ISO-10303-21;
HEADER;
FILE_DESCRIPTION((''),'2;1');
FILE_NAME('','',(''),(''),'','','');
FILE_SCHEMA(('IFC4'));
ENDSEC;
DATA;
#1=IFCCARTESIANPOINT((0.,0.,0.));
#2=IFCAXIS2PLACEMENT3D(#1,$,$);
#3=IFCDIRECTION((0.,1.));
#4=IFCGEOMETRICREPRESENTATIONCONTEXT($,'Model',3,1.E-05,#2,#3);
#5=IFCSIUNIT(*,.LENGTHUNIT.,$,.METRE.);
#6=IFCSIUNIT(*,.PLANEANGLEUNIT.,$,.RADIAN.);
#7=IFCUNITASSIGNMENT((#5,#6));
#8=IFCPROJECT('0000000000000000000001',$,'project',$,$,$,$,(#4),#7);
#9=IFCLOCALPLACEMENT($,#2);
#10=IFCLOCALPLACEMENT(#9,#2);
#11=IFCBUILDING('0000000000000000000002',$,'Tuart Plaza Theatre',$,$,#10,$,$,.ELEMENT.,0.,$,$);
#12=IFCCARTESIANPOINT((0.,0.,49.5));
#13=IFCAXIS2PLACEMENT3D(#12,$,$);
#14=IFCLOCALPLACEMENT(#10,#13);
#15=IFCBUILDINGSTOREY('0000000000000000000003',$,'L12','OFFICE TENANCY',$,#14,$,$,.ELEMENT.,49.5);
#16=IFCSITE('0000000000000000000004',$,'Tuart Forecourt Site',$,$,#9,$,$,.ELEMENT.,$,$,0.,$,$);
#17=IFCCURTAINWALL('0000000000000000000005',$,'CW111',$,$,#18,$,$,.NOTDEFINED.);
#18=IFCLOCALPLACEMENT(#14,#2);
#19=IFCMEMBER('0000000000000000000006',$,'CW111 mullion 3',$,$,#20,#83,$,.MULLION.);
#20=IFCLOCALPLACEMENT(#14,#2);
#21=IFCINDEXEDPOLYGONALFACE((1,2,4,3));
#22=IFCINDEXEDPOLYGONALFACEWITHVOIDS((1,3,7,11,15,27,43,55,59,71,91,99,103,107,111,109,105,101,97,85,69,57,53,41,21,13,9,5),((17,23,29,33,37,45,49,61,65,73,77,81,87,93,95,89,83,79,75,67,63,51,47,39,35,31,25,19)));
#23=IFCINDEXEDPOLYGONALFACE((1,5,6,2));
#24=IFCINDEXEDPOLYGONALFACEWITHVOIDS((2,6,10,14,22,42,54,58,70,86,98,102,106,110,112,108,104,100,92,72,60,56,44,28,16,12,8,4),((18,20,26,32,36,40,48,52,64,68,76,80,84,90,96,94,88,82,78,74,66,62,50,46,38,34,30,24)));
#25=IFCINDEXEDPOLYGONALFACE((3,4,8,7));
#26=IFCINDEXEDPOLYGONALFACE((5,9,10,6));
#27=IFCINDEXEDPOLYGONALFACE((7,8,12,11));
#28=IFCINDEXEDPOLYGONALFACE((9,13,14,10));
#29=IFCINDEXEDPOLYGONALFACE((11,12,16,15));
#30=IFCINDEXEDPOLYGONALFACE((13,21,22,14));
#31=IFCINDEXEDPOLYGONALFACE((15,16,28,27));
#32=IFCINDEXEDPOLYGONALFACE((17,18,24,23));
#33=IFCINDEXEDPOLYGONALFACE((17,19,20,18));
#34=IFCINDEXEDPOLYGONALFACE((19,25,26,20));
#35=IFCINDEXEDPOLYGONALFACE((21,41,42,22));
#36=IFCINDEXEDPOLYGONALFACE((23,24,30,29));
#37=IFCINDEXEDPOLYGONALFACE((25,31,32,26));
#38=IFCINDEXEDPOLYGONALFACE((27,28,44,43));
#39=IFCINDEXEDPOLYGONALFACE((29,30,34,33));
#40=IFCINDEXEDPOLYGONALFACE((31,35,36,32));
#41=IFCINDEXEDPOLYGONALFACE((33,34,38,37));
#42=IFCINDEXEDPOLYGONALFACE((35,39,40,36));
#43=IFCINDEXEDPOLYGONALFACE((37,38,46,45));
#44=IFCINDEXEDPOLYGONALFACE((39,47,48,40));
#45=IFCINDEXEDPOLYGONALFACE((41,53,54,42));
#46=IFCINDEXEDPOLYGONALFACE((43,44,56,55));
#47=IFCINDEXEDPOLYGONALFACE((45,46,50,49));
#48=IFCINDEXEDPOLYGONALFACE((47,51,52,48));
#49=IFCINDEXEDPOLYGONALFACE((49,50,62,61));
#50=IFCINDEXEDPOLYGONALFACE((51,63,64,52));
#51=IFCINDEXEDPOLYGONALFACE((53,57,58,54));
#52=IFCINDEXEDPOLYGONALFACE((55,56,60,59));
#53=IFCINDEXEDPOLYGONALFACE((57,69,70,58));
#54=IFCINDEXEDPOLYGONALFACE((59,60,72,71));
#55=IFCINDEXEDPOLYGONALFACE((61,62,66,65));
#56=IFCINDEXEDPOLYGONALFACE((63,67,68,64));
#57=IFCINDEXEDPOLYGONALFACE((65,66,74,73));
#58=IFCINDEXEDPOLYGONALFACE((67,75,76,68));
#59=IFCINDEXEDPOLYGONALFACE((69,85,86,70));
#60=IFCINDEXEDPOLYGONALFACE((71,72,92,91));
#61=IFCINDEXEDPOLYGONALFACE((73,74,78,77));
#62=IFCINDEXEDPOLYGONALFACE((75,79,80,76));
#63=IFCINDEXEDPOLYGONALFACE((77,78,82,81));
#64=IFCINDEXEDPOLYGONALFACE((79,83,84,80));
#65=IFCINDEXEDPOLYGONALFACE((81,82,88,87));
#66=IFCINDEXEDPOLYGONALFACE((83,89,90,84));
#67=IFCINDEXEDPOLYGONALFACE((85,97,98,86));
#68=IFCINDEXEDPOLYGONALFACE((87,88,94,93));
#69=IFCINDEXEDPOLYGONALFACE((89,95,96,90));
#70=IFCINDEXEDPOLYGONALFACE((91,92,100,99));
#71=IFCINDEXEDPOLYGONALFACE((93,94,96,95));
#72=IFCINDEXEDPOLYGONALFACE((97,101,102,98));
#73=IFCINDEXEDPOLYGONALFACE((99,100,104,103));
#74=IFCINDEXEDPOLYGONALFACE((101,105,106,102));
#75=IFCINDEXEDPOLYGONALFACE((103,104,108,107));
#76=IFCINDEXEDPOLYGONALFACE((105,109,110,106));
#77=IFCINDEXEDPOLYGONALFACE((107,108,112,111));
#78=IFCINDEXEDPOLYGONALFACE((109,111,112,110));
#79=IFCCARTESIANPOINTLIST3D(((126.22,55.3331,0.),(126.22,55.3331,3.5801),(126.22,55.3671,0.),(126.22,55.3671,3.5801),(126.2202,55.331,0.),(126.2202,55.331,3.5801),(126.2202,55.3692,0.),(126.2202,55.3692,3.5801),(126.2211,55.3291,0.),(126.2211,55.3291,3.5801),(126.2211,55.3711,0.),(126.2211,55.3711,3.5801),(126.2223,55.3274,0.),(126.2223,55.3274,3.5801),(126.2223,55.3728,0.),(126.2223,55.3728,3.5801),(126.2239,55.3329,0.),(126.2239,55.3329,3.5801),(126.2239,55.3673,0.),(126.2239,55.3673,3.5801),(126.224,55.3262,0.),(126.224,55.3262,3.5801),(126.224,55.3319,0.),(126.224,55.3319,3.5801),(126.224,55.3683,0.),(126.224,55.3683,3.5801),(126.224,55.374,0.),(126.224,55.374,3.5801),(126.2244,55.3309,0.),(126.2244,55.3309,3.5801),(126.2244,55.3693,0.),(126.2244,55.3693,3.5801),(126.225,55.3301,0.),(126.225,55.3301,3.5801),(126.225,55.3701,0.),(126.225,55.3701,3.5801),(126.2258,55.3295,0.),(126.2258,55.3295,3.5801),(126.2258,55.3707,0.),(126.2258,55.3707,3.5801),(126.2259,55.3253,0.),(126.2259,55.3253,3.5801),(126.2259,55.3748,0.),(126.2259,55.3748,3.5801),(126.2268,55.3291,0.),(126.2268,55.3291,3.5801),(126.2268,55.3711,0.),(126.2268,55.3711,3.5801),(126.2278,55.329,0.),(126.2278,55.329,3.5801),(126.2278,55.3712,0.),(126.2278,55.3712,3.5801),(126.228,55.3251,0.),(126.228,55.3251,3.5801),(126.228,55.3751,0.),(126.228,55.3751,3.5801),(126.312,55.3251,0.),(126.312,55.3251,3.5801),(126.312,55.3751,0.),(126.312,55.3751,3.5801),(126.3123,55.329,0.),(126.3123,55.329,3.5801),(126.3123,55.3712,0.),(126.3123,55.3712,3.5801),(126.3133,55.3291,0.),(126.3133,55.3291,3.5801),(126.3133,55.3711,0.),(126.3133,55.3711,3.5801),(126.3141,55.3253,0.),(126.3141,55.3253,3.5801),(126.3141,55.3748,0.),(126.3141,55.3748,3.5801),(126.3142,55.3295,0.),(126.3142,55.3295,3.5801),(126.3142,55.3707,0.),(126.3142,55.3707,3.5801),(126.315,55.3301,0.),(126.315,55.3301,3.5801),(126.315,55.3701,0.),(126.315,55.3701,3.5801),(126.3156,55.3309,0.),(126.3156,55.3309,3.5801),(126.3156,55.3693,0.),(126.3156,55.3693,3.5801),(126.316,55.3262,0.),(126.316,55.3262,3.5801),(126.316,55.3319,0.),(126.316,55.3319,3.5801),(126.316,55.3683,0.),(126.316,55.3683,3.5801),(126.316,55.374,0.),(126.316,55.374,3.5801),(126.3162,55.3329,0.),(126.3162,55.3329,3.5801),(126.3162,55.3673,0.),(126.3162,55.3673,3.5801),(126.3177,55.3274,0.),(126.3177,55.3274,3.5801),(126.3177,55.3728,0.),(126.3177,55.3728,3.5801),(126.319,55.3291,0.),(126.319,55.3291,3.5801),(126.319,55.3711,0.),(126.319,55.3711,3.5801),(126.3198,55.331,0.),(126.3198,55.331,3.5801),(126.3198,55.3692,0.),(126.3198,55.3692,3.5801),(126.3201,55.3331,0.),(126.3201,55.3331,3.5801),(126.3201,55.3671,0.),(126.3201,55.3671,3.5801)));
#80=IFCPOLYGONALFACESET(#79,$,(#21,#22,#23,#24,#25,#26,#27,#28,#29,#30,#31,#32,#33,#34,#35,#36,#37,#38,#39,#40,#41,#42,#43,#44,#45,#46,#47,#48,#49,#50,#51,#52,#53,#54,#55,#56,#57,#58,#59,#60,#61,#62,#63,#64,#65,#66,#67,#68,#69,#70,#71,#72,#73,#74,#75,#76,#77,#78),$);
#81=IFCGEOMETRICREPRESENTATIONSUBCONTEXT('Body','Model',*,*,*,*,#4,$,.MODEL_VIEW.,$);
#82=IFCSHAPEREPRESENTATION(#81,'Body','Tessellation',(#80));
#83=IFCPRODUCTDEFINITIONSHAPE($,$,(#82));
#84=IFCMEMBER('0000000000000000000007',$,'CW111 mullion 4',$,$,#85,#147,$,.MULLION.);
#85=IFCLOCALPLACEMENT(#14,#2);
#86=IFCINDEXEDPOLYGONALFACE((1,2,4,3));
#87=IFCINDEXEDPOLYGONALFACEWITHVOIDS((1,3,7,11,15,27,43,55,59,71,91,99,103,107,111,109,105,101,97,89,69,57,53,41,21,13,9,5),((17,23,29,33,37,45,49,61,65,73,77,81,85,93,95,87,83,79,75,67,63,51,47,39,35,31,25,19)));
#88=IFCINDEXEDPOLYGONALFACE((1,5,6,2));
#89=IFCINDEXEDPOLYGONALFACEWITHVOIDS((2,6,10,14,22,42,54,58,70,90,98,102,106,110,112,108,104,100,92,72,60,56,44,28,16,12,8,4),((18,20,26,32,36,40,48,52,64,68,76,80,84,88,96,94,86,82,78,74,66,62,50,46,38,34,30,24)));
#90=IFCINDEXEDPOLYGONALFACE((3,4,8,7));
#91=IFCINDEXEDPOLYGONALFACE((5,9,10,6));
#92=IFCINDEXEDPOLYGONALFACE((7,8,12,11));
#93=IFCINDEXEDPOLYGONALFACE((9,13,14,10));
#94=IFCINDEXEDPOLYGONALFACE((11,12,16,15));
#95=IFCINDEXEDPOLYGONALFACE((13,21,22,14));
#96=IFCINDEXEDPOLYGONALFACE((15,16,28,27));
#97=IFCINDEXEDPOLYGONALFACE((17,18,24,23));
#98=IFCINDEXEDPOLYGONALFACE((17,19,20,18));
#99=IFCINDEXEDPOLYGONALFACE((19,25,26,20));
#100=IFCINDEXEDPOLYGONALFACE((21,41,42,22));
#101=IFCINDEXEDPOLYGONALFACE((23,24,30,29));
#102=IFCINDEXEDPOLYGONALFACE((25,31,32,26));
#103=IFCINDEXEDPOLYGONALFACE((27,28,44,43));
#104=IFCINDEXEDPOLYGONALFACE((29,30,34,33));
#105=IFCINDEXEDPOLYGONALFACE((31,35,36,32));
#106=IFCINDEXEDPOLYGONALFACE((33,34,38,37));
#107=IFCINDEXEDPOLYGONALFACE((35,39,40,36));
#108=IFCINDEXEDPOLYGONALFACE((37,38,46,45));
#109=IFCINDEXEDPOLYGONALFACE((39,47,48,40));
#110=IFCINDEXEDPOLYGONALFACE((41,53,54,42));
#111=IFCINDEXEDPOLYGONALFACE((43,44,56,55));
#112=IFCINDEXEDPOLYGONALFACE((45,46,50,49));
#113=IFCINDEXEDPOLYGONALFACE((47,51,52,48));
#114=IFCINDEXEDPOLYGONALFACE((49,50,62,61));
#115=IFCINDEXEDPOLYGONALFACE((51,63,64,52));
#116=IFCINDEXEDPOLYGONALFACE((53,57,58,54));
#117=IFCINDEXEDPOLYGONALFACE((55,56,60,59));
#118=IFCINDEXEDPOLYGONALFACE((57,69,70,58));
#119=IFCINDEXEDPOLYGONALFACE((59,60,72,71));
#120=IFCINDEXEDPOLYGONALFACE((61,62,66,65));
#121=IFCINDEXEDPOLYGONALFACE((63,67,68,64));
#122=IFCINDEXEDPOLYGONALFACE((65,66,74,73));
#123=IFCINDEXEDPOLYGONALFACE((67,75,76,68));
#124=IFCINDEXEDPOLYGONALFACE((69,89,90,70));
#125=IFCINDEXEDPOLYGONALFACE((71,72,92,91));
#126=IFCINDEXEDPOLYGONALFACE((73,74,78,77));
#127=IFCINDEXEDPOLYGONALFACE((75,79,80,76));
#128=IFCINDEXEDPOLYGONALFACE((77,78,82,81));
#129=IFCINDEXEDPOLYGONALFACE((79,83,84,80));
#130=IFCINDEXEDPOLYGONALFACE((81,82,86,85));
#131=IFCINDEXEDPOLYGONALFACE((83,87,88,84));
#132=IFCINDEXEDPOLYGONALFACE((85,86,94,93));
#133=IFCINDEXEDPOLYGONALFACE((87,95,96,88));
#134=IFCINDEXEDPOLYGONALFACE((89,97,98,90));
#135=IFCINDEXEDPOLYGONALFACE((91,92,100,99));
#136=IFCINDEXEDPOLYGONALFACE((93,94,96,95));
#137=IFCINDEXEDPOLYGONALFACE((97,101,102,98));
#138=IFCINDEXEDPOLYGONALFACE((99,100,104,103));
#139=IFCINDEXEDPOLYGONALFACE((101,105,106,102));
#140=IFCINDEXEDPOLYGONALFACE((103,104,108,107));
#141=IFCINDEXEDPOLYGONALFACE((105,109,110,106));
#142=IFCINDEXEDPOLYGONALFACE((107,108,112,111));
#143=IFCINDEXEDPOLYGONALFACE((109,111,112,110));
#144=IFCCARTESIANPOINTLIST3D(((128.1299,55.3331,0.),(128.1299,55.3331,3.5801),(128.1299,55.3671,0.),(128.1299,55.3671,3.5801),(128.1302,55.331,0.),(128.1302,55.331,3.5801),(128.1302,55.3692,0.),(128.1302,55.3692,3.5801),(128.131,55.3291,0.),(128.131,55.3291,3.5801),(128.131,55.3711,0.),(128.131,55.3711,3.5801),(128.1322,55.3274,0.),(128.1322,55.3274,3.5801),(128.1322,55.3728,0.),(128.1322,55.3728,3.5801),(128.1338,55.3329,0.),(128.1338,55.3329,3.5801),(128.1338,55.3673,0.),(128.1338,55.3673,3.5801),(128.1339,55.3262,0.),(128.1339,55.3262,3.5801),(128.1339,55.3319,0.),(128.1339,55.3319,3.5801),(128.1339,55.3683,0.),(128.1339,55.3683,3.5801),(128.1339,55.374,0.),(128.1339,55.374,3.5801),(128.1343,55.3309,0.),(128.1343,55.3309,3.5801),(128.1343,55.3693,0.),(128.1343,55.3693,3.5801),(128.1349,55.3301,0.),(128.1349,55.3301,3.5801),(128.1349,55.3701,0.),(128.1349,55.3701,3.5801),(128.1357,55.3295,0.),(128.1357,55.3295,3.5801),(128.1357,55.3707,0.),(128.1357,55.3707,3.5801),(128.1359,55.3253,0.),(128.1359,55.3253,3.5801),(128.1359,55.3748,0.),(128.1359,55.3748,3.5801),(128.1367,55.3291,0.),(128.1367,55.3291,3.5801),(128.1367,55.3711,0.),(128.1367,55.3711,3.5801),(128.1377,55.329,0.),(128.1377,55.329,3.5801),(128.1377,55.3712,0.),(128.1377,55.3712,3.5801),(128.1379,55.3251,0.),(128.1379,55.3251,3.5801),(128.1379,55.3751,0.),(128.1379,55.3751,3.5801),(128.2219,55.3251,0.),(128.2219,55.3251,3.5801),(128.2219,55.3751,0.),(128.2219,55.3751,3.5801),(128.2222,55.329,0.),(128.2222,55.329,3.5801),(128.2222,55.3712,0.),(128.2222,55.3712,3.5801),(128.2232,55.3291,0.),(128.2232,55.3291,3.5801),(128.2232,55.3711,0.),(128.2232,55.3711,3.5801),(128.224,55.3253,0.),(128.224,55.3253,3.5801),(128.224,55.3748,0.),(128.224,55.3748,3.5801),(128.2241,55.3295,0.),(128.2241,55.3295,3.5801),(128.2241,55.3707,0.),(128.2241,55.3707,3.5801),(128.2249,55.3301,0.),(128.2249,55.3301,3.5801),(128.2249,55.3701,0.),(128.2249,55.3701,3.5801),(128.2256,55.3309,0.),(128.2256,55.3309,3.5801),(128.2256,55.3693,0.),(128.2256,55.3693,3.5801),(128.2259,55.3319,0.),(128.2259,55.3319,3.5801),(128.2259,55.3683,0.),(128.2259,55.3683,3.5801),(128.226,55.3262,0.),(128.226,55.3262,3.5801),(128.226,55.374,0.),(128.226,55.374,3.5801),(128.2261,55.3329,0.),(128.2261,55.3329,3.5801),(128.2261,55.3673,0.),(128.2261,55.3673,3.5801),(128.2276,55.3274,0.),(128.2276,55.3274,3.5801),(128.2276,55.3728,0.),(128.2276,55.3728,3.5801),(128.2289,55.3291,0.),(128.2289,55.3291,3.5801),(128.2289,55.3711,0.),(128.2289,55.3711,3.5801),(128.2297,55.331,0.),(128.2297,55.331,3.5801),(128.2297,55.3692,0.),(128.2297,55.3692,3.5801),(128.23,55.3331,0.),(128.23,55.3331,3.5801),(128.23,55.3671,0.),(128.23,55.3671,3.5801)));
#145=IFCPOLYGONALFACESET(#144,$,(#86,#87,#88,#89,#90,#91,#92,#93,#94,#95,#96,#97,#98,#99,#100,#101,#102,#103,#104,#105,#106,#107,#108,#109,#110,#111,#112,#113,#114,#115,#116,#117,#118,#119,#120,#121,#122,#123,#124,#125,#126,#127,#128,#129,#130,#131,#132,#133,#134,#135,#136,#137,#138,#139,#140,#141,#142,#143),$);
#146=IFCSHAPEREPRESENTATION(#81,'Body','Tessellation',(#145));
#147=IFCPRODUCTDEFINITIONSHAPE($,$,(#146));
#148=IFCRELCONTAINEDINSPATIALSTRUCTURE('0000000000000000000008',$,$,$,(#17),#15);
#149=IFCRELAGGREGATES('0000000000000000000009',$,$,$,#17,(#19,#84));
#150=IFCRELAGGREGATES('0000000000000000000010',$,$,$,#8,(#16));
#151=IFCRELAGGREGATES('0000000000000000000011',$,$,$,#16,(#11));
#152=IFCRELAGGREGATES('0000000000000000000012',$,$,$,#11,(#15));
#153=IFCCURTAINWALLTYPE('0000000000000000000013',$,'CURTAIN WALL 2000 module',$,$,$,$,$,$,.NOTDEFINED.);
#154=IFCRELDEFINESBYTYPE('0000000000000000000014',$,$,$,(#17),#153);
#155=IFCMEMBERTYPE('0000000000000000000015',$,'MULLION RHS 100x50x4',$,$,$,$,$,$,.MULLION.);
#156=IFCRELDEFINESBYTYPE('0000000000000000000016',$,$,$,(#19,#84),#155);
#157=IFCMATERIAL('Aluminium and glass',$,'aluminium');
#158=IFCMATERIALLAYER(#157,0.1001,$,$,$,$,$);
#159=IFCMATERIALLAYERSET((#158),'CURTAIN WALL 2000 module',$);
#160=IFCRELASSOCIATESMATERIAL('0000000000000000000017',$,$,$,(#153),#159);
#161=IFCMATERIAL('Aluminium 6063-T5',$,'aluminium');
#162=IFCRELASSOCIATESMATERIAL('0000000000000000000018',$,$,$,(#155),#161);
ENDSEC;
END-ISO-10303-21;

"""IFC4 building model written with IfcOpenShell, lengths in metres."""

from ifc_helpers import new_model, si_unit, direction, frame, origin, origin_2d, place, context, subcontext, project, spatial, hollow_rectangle, extrude, material, layer, layer_set, material_profile, profile_set, type_object, element, aggregate, save


model = new_model("IFC4")

# Units and contexts
model_context = context("Model", 3, precision=1e-05, world=origin(), true_north=direction((0.0, 1.0)))
body_context = subcontext(model_context, "Body", "Model", "MODEL_VIEW")
ifc_project = project(units=[si_unit("LENGTHUNIT", "METRE"), si_unit("PLANEANGLEUNIT", "RADIAN")], contexts=[model_context])

# Site, building, storey
site_placement = place(None, origin())
site = spatial("IfcSite", under=ifc_project, at=site_placement, Name="Tuart Forecourt Site", CompositionType="ELEMENT", RefElevation=0.0)
building_placement = place(site_placement, origin())
building = spatial("IfcBuilding", under=site, at=building_placement, Name="Tuart Plaza Theatre", CompositionType="ELEMENT", ElevationOfRefHeight=0.0)
storey_placement = place(building_placement, frame((0.0, 0.0, 49.5)))
storey = spatial("IfcBuildingStorey", under=building, at=storey_placement, Name="L12", Description="OFFICE TENANCY", CompositionType="ELEMENT", Elevation=49.5)

# Curtain wall, members
ifc_material_1 = material(Name="Aluminium and glass", Category="aluminium")
ifc_layer_1 = layer(ifc_material_1, 0.1001)
ifc_layer_set_1 = layer_set([ifc_layer_1], Name="CURTAIN WALL 2000 module")
curtain_wall_type = type_object("IfcCurtainWallType", Name="CURTAIN WALL 2000 module", PredefinedType="NOTDEFINED", material=ifc_layer_set_1)
curtain_wall_placement = place(storey_placement, origin())
curtain_wall = element("IfcCurtainWall", 1, at=curtain_wall_placement, inside=storey, type_object=curtain_wall_type, Name="CW111", PredefinedType="NOTDEFINED")
ifc_material_2 = material(Name="Aluminium 6063-T5", Category="aluminium")
ifc_material_profile_1 = material_profile(ifc_material_2, hollow_rectangle(XDim=0.05, YDim=0.1001, WallThickness=0.0039, InnerFilletRadius=0.0039, OuterFilletRadius=0.0081, at=origin_2d()), Name="RHS 100x50x4")
ifc_profile_set_1 = profile_set([ifc_material_profile_1], Name="Aluminium 6063-T5")
member_type_1 = type_object("IfcMemberType", Name="MULLION RHS 100x50x4", PredefinedType="MULLION", material=ifc_profile_set_1)
member_1_placement = place(storey_placement, frame((126.27, 55.3501, 0.0), z_axis=(0.0, 0.0, 1.0), x_axis=(0.0, 1.0, 0.0)))
member_1 = element("IfcMember", 2, at=member_1_placement, type_object=member_type_1, Name="CW111 mullion 3", PredefinedType="MULLION", context=body_context, shape_type="SweptSolid", body=[
    extrude(hollow_rectangle(XDim=0.05, YDim=0.1001, WallThickness=0.0039, InnerFilletRadius=0.0039, OuterFilletRadius=0.0081, at=origin_2d()), origin(), (0.0, 0.0, 1.0), 3.5801),
])
member_2_placement = place(storey_placement, frame((128.1799, 55.3501, 0.0), z_axis=(0.0, 0.0, 1.0), x_axis=(0.0, 1.0, 0.0)))
member_2 = element("IfcMember", 3, at=member_2_placement, type_object=member_type_1, Name="CW111 mullion 4", PredefinedType="MULLION", context=body_context, shape_type="SweptSolid", body=[
    extrude(hollow_rectangle(XDim=0.05, YDim=0.1001, WallThickness=0.0039, InnerFilletRadius=0.0039, OuterFilletRadius=0.0081, at=origin_2d()), origin(), (0.0, 0.0, 1.0), 3.5801),
])
aggregate(curtain_wall, [member_1, member_2])

save(model, "model.ifc")
